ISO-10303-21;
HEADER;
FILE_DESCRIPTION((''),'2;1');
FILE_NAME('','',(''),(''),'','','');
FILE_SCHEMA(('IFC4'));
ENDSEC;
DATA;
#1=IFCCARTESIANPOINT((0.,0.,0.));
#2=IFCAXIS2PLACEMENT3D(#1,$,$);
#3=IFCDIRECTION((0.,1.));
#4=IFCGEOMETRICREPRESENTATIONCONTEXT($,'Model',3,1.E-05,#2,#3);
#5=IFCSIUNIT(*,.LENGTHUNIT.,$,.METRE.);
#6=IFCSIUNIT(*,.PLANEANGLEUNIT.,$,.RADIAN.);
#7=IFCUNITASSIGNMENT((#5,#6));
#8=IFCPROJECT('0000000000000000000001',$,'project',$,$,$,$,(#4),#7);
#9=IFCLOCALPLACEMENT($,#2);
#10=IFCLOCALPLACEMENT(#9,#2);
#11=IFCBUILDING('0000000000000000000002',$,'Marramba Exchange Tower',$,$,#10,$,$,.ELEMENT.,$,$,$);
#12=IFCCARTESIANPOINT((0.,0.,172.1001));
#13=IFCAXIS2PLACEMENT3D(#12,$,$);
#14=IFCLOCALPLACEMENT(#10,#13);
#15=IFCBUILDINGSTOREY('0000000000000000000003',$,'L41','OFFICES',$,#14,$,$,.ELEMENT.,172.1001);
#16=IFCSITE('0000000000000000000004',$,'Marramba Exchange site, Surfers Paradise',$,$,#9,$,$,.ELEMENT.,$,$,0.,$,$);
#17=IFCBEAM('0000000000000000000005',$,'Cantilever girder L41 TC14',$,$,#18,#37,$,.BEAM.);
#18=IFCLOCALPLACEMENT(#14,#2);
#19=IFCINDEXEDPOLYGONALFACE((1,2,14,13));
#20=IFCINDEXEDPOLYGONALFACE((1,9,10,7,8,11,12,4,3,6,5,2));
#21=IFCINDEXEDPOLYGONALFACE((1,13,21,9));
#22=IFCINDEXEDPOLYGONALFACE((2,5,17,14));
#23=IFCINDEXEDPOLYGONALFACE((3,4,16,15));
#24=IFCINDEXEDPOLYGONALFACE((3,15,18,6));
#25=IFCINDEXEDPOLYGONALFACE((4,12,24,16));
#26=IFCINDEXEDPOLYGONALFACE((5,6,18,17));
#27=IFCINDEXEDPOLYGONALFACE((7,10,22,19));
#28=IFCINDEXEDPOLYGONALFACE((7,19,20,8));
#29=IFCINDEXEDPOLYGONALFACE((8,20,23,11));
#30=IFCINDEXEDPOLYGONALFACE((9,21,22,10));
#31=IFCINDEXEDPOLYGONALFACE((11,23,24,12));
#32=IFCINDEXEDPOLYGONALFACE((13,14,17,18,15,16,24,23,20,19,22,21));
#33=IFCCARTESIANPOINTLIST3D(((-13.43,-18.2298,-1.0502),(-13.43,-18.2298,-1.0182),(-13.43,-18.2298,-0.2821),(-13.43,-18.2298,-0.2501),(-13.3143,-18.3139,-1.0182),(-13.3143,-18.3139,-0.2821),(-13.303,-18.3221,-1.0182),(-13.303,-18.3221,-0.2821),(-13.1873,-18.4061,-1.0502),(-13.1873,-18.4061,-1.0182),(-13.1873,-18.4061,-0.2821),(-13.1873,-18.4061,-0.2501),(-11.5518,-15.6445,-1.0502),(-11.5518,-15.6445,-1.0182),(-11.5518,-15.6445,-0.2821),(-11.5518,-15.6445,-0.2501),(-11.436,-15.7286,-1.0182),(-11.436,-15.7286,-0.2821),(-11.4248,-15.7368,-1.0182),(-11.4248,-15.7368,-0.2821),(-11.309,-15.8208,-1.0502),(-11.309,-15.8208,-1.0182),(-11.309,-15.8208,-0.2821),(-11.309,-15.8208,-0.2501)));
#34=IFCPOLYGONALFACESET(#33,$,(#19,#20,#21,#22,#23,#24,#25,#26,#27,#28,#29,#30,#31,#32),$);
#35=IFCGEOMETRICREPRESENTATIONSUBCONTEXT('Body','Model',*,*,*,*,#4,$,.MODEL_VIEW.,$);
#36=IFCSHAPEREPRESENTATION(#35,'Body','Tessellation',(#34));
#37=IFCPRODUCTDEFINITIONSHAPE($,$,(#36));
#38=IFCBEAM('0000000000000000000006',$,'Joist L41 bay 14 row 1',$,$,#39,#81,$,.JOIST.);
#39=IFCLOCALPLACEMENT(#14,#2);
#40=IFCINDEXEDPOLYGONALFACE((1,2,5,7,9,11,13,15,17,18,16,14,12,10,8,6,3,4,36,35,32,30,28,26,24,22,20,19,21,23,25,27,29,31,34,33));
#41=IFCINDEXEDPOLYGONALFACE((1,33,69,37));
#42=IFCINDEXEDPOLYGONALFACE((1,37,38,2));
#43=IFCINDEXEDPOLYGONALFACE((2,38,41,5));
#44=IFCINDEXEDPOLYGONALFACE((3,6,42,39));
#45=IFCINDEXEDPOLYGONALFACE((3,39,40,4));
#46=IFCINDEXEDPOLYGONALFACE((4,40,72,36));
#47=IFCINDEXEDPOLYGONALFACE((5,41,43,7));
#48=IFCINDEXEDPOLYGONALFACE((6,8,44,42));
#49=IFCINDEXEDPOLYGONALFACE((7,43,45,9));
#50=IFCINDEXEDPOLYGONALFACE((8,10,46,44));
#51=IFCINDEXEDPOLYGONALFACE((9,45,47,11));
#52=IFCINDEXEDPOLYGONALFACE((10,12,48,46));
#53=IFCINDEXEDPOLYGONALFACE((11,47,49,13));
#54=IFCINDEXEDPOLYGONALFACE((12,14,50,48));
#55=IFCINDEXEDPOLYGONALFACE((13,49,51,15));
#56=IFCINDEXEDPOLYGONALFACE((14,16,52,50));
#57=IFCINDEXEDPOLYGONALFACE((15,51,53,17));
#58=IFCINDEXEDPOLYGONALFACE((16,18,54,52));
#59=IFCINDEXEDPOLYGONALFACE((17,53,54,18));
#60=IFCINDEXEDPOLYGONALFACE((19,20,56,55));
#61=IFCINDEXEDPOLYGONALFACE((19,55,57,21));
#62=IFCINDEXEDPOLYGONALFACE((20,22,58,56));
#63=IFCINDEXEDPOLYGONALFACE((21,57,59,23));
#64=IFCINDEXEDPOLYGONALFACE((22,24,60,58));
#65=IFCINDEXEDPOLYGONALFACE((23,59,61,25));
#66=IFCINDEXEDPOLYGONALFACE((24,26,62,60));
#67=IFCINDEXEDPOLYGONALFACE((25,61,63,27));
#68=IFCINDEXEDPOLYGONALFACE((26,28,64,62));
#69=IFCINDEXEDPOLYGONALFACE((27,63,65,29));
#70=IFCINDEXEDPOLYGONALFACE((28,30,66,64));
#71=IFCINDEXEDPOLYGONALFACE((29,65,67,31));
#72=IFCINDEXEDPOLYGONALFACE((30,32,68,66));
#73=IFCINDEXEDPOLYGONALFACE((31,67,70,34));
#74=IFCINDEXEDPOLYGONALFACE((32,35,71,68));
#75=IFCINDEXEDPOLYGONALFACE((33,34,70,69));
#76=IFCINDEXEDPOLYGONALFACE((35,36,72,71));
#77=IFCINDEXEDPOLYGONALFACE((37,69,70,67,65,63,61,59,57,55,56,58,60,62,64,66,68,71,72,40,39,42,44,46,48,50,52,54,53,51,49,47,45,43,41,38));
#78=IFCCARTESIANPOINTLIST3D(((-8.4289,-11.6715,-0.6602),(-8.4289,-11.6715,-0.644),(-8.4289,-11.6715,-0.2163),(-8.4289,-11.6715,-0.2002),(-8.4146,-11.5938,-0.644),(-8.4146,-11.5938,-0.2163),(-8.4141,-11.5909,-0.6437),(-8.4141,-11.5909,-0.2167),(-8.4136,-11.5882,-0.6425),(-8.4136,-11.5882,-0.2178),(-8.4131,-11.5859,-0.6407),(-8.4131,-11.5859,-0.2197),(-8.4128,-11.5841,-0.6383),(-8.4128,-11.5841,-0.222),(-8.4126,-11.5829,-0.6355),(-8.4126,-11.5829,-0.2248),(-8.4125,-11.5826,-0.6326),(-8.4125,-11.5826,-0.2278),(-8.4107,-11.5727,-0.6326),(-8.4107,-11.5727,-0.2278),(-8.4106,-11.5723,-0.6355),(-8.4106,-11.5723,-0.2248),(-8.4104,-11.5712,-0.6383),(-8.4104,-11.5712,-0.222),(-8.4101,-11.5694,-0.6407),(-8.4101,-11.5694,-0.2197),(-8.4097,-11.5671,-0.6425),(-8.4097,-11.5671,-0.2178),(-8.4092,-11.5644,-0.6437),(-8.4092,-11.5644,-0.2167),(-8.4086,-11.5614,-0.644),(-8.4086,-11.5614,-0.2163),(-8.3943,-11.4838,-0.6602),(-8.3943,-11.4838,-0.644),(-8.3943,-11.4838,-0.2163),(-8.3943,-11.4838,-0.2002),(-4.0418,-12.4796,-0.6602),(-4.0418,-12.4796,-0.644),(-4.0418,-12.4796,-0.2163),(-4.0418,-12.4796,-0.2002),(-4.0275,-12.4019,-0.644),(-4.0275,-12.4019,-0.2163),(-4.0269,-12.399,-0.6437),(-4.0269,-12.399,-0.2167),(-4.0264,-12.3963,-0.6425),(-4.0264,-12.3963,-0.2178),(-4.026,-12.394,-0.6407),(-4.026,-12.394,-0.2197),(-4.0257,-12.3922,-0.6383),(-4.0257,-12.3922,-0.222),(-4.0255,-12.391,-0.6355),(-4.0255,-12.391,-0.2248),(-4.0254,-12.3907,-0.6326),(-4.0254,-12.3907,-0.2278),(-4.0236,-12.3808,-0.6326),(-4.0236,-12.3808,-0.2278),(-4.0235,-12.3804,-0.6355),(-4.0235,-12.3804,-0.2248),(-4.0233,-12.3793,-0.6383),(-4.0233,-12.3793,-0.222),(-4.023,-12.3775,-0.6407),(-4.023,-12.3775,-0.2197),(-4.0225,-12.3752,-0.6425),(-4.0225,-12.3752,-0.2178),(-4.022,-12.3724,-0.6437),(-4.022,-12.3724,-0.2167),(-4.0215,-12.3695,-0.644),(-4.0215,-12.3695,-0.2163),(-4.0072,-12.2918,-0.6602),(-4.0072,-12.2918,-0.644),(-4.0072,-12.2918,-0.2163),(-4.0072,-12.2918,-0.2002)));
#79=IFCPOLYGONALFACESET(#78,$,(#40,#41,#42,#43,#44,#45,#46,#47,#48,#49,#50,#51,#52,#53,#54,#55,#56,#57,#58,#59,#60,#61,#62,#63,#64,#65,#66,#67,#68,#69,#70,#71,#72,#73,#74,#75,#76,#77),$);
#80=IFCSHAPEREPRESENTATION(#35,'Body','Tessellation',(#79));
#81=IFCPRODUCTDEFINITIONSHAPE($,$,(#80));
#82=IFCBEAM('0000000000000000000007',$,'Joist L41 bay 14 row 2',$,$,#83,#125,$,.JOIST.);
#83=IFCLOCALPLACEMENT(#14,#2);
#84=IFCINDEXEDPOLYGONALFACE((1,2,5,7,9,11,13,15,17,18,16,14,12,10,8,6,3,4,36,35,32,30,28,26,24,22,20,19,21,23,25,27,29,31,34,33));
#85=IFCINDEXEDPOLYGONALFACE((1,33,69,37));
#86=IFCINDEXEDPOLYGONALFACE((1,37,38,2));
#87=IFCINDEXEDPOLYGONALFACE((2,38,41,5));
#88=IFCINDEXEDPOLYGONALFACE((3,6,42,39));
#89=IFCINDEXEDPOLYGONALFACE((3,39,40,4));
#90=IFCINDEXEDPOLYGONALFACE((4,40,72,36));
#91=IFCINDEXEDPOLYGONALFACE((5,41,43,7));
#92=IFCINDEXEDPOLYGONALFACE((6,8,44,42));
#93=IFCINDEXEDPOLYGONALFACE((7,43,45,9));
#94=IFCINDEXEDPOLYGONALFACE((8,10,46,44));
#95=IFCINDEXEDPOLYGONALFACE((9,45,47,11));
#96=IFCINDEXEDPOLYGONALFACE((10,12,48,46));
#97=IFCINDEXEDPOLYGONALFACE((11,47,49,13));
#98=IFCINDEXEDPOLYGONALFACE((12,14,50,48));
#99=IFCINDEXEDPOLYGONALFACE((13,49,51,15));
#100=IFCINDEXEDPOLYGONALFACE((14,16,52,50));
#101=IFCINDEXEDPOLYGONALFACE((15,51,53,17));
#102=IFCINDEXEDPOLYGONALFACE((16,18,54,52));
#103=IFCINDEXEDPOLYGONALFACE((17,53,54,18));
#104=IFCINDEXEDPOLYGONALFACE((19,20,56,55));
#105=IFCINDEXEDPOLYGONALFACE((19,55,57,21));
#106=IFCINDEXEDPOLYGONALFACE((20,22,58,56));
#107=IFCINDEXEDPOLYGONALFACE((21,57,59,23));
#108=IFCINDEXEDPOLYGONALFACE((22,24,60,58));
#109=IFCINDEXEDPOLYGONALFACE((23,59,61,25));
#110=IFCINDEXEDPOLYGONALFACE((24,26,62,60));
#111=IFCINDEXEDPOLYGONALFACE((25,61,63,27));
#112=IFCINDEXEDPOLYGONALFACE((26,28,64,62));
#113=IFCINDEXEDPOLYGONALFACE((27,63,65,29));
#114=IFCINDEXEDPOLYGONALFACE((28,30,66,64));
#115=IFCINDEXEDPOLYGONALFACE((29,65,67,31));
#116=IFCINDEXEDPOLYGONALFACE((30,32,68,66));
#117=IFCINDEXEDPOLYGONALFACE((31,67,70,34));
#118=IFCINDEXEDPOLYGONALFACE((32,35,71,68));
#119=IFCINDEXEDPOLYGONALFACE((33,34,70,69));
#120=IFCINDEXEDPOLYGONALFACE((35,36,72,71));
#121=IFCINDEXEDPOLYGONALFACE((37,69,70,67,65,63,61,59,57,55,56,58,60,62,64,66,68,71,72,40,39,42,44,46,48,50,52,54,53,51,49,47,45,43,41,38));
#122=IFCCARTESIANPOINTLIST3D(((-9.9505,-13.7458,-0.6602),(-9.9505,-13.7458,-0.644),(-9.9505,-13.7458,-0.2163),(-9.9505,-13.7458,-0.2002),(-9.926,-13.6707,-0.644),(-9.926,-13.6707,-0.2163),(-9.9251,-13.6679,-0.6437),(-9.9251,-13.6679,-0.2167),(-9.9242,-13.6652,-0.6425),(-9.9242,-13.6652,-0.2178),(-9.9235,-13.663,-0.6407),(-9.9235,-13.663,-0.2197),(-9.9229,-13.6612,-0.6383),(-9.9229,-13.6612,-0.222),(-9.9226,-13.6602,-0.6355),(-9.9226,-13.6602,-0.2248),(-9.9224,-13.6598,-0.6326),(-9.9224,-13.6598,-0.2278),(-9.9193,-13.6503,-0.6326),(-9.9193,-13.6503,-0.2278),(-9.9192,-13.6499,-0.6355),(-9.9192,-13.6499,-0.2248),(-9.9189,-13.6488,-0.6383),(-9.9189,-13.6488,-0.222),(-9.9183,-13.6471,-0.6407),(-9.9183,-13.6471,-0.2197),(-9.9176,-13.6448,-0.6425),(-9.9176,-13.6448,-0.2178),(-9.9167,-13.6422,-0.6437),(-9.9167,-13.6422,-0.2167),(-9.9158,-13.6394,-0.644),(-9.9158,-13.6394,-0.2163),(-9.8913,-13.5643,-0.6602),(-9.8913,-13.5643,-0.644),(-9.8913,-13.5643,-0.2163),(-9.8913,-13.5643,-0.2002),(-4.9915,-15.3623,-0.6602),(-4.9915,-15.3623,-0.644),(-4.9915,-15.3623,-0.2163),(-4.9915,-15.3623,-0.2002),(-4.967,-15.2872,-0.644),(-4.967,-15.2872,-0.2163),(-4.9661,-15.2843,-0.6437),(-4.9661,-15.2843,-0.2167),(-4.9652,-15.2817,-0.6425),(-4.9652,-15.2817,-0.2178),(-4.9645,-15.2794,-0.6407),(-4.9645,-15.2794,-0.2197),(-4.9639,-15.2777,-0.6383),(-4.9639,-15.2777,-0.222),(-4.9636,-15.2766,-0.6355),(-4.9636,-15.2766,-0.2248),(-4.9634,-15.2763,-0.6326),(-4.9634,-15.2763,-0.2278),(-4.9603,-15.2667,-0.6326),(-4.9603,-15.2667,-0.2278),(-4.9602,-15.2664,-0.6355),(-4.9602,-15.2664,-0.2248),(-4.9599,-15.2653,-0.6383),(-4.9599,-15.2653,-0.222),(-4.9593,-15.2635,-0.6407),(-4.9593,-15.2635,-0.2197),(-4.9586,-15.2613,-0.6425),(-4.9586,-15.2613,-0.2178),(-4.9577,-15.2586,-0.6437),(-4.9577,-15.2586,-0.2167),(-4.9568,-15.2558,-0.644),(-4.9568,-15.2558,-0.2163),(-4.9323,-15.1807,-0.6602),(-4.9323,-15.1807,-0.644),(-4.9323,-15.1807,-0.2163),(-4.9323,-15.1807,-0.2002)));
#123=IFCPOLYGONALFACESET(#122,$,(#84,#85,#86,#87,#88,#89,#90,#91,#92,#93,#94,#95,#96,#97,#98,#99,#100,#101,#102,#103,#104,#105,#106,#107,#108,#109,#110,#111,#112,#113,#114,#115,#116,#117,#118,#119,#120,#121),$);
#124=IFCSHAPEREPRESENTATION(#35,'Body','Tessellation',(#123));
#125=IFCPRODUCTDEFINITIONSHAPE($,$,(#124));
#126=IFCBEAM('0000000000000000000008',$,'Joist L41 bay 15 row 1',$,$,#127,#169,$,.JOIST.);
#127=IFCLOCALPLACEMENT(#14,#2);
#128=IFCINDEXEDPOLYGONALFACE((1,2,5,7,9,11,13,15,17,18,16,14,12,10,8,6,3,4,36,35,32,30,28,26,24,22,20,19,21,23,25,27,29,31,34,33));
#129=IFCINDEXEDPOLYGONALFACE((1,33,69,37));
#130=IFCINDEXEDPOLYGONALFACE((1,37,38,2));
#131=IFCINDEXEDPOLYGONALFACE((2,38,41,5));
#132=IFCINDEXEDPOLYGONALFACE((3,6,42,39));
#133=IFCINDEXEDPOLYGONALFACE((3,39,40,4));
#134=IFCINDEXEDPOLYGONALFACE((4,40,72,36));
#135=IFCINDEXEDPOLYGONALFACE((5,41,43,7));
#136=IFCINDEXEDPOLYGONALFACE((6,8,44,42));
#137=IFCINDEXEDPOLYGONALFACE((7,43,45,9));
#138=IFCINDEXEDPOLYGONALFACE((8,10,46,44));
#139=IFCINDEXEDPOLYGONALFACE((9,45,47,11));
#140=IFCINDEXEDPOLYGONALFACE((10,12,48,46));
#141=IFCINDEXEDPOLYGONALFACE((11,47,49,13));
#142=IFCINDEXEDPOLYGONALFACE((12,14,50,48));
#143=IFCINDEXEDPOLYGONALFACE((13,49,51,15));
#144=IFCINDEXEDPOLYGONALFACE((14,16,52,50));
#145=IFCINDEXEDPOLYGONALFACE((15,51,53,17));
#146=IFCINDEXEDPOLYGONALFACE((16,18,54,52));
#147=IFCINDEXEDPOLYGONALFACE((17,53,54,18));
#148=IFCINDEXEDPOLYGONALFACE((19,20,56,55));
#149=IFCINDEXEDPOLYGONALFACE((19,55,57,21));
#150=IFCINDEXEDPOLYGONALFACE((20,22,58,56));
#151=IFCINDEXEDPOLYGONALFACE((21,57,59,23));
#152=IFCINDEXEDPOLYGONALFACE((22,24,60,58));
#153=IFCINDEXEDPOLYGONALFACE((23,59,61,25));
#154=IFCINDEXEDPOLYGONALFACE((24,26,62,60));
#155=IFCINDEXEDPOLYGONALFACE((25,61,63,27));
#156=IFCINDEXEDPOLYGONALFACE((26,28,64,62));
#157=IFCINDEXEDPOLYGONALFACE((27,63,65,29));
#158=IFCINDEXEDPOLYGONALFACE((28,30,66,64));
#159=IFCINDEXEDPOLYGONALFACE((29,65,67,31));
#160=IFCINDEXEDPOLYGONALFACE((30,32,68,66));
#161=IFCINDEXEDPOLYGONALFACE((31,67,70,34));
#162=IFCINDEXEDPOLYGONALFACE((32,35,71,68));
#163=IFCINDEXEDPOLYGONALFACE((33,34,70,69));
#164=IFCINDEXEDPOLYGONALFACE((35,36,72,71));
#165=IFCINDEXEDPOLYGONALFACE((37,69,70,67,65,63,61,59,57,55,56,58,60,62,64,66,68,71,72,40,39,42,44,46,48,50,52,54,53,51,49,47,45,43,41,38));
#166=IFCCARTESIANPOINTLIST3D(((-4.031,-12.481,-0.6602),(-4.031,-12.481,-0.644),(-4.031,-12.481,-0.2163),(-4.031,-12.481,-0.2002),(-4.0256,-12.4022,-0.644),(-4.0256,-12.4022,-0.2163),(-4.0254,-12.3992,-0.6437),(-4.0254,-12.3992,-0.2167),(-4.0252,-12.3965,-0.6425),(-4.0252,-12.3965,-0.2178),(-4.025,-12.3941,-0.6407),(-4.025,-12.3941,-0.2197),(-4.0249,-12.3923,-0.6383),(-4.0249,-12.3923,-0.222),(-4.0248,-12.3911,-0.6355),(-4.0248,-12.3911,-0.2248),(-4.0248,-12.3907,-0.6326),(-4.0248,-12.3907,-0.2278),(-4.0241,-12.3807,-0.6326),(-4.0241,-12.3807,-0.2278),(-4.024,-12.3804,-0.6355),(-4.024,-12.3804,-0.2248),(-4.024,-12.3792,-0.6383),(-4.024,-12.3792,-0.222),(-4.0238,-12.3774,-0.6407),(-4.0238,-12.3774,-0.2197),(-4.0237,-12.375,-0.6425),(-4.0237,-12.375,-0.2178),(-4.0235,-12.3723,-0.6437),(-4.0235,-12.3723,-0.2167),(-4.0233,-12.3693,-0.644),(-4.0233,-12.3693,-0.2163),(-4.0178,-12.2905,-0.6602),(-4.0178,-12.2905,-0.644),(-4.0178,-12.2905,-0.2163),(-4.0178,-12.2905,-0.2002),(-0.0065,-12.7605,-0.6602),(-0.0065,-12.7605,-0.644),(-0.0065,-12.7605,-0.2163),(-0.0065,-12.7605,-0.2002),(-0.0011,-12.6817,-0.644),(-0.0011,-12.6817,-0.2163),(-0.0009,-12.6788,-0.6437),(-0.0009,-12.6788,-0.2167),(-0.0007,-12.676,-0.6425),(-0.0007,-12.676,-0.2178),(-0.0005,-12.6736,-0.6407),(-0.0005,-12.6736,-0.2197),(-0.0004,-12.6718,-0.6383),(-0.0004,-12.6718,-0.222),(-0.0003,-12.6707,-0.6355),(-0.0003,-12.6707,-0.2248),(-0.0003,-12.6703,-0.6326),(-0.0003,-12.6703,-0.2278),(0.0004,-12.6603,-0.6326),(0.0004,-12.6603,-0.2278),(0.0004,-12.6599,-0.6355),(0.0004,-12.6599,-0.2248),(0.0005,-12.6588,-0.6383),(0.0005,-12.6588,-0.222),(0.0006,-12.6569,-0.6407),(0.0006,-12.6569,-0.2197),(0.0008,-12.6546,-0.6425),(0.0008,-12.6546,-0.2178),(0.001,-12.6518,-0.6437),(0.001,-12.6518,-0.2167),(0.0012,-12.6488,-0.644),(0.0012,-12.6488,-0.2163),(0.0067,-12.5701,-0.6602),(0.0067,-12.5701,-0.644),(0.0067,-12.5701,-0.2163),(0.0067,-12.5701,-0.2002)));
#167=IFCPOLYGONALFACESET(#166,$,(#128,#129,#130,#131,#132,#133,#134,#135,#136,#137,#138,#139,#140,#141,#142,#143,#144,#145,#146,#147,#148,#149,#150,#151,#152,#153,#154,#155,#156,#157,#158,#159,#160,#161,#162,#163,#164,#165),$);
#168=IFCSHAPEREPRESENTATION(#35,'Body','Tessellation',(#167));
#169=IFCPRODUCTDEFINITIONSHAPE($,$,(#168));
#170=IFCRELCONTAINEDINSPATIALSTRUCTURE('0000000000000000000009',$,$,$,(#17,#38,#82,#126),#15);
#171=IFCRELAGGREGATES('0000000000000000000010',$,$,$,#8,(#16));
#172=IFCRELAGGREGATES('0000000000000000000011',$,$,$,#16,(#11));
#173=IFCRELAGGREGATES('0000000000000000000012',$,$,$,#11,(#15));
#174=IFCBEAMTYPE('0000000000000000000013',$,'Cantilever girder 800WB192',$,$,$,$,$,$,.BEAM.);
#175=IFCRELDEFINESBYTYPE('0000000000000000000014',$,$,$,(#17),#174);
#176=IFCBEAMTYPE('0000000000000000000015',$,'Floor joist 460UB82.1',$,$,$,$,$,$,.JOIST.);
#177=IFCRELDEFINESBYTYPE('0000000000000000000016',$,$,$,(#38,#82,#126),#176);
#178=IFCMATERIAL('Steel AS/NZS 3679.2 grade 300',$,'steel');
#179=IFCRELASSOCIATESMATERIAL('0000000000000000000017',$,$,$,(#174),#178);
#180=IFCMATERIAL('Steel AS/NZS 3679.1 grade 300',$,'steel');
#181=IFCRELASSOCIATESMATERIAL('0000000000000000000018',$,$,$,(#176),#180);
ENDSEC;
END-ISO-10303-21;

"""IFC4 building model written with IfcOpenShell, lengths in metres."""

from ifc_helpers import new_model, si_unit, direction, frame, origin, origin_2d, place, context, subcontext, project, spatial, i_section, extrude, material, material_profile, profile_set, type_object, element, save


model = new_model("IFC4")

# Units and contexts
model_context = context("Model", 3, precision=1e-05, world=origin(), true_north=direction((0.0, 1.0)))
body_context = subcontext(model_context, "Body", "Model", "MODEL_VIEW")
ifc_project = project(units=[si_unit("LENGTHUNIT", "METRE"), si_unit("PLANEANGLEUNIT", "RADIAN")], contexts=[model_context])

# Site, building, storey
site_placement = place(None, origin())
site = spatial("IfcSite", under=ifc_project, at=site_placement, Name="Marramba Exchange site, Surfers Paradise", CompositionType="ELEMENT", RefElevation=0.0)
building_placement = place(site_placement, origin())
building = spatial("IfcBuilding", under=site, at=building_placement, Name="Marramba Exchange Tower", CompositionType="ELEMENT")
storey_placement = place(building_placement, frame((0.0, 0.0, 172.1001)))
storey = spatial("IfcBuildingStorey", under=building, at=storey_placement, Name="L41", Description="OFFICES", CompositionType="ELEMENT", Elevation=172.1001)

# Beams
ifc_material_1 = material(Name="Steel AS/NZS 3679.2 grade 300", Category="steel")
ifc_material_profile_1 = material_profile(ifc_material_1, i_section(OverallWidth=0.3, OverallDepth=0.8, WebThickness=0.0139, FlangeThickness=0.032, at=origin_2d()), Name="800WB192")
ifc_profile_set_1 = profile_set([ifc_material_profile_1], Name="Steel AS/NZS 3679.2 grade 300")
beam_type_1 = type_object("IfcBeamType", Name="Cantilever girder 800WB192", PredefinedType="BEAM", material=ifc_profile_set_1)
beam_1_placement = place(storey_placement, frame((-11.4304, -15.7327, -0.6501), z_axis=(-0.587767, -0.80903, 0.0), x_axis=(0.80903, -0.587767, 0.0)))
element("IfcBeam", 1, at=beam_1_placement, inside=storey, type_object=beam_type_1, Name="Cantilever girder L41 TC14", PredefinedType="BEAM", context=body_context, shape_type="SweptSolid", body=[
    extrude(i_section(OverallWidth=0.3, OverallDepth=0.8, WebThickness=0.0139, FlangeThickness=0.032, at=origin_2d()), origin(), (0.0, 0.0, 1.0), 3.1956),
])
ifc_material_2 = material(Name="Steel AS/NZS 3679.1 grade 300", Category="steel")
ifc_material_profile_2 = material_profile(ifc_material_2, i_section(OverallWidth=0.1909, OverallDepth=0.46, WebThickness=0.01, FlangeThickness=0.0161, FilletRadius=0.0115, at=origin_2d()), Name="460UB82.1")
ifc_profile_set_2 = profile_set([ifc_material_profile_2], Name="Steel AS/NZS 3679.1 grade 300")
beam_type_2 = type_object("IfcBeamType", Name="Floor joist 460UB82.1", PredefinedType="JOIST", material=ifc_profile_set_2)
beam_2_placement = place(storey_placement, frame((-8.4116, -11.5776, -0.4302), z_axis=(0.983456, -0.181149, 0.0), x_axis=(0.181149, 0.983456, 0.0)))
element("IfcBeam", 2, at=beam_2_placement, inside=storey, type_object=beam_type_2, Name="Joist L41 bay 14 row 1", PredefinedType="JOIST", context=body_context, shape_type="SweptSolid", body=[
    extrude(i_section(OverallWidth=0.1909, OverallDepth=0.46, WebThickness=0.01, FlangeThickness=0.0161, FilletRadius=0.0115, at=origin_2d()), origin(), (0.0, 0.0, 1.0), 4.4609),
])
beam_3_placement = place(storey_placement, frame((-9.9209, -13.655, -0.4302), z_axis=(0.950764, -0.309916, 0.0), x_axis=(0.309916, 0.950764, 0.0)))
element("IfcBeam", 3, at=beam_3_placement, inside=storey, type_object=beam_type_2, Name="Joist L41 bay 14 row 2", PredefinedType="JOIST", context=body_context, shape_type="SweptSolid", body=[
    extrude(i_section(OverallWidth=0.1909, OverallDepth=0.46, WebThickness=0.01, FlangeThickness=0.0161, FilletRadius=0.0115, at=origin_2d()), origin(), (0.0, 0.0, 1.0), 5.2158),
])
beam_4_placement = place(storey_placement, frame((-4.0244, -12.3857, -0.4302), z_axis=(0.997596, -0.069294, 0.0), x_axis=(0.069294, 0.997596, 0.0)))
element("IfcBeam", 4, at=beam_4_placement, inside=storey, type_object=beam_type_2, Name="Joist L41 bay 15 row 1", PredefinedType="JOIST", context=body_context, shape_type="SweptSolid", body=[
    extrude(i_section(OverallWidth=0.1909, OverallDepth=0.46, WebThickness=0.01, FlangeThickness=0.0161, FilletRadius=0.0115, at=origin_2d()), origin(), (0.0, 0.0, 1.0), 4.0342),
])

save(model, "model.ifc")
